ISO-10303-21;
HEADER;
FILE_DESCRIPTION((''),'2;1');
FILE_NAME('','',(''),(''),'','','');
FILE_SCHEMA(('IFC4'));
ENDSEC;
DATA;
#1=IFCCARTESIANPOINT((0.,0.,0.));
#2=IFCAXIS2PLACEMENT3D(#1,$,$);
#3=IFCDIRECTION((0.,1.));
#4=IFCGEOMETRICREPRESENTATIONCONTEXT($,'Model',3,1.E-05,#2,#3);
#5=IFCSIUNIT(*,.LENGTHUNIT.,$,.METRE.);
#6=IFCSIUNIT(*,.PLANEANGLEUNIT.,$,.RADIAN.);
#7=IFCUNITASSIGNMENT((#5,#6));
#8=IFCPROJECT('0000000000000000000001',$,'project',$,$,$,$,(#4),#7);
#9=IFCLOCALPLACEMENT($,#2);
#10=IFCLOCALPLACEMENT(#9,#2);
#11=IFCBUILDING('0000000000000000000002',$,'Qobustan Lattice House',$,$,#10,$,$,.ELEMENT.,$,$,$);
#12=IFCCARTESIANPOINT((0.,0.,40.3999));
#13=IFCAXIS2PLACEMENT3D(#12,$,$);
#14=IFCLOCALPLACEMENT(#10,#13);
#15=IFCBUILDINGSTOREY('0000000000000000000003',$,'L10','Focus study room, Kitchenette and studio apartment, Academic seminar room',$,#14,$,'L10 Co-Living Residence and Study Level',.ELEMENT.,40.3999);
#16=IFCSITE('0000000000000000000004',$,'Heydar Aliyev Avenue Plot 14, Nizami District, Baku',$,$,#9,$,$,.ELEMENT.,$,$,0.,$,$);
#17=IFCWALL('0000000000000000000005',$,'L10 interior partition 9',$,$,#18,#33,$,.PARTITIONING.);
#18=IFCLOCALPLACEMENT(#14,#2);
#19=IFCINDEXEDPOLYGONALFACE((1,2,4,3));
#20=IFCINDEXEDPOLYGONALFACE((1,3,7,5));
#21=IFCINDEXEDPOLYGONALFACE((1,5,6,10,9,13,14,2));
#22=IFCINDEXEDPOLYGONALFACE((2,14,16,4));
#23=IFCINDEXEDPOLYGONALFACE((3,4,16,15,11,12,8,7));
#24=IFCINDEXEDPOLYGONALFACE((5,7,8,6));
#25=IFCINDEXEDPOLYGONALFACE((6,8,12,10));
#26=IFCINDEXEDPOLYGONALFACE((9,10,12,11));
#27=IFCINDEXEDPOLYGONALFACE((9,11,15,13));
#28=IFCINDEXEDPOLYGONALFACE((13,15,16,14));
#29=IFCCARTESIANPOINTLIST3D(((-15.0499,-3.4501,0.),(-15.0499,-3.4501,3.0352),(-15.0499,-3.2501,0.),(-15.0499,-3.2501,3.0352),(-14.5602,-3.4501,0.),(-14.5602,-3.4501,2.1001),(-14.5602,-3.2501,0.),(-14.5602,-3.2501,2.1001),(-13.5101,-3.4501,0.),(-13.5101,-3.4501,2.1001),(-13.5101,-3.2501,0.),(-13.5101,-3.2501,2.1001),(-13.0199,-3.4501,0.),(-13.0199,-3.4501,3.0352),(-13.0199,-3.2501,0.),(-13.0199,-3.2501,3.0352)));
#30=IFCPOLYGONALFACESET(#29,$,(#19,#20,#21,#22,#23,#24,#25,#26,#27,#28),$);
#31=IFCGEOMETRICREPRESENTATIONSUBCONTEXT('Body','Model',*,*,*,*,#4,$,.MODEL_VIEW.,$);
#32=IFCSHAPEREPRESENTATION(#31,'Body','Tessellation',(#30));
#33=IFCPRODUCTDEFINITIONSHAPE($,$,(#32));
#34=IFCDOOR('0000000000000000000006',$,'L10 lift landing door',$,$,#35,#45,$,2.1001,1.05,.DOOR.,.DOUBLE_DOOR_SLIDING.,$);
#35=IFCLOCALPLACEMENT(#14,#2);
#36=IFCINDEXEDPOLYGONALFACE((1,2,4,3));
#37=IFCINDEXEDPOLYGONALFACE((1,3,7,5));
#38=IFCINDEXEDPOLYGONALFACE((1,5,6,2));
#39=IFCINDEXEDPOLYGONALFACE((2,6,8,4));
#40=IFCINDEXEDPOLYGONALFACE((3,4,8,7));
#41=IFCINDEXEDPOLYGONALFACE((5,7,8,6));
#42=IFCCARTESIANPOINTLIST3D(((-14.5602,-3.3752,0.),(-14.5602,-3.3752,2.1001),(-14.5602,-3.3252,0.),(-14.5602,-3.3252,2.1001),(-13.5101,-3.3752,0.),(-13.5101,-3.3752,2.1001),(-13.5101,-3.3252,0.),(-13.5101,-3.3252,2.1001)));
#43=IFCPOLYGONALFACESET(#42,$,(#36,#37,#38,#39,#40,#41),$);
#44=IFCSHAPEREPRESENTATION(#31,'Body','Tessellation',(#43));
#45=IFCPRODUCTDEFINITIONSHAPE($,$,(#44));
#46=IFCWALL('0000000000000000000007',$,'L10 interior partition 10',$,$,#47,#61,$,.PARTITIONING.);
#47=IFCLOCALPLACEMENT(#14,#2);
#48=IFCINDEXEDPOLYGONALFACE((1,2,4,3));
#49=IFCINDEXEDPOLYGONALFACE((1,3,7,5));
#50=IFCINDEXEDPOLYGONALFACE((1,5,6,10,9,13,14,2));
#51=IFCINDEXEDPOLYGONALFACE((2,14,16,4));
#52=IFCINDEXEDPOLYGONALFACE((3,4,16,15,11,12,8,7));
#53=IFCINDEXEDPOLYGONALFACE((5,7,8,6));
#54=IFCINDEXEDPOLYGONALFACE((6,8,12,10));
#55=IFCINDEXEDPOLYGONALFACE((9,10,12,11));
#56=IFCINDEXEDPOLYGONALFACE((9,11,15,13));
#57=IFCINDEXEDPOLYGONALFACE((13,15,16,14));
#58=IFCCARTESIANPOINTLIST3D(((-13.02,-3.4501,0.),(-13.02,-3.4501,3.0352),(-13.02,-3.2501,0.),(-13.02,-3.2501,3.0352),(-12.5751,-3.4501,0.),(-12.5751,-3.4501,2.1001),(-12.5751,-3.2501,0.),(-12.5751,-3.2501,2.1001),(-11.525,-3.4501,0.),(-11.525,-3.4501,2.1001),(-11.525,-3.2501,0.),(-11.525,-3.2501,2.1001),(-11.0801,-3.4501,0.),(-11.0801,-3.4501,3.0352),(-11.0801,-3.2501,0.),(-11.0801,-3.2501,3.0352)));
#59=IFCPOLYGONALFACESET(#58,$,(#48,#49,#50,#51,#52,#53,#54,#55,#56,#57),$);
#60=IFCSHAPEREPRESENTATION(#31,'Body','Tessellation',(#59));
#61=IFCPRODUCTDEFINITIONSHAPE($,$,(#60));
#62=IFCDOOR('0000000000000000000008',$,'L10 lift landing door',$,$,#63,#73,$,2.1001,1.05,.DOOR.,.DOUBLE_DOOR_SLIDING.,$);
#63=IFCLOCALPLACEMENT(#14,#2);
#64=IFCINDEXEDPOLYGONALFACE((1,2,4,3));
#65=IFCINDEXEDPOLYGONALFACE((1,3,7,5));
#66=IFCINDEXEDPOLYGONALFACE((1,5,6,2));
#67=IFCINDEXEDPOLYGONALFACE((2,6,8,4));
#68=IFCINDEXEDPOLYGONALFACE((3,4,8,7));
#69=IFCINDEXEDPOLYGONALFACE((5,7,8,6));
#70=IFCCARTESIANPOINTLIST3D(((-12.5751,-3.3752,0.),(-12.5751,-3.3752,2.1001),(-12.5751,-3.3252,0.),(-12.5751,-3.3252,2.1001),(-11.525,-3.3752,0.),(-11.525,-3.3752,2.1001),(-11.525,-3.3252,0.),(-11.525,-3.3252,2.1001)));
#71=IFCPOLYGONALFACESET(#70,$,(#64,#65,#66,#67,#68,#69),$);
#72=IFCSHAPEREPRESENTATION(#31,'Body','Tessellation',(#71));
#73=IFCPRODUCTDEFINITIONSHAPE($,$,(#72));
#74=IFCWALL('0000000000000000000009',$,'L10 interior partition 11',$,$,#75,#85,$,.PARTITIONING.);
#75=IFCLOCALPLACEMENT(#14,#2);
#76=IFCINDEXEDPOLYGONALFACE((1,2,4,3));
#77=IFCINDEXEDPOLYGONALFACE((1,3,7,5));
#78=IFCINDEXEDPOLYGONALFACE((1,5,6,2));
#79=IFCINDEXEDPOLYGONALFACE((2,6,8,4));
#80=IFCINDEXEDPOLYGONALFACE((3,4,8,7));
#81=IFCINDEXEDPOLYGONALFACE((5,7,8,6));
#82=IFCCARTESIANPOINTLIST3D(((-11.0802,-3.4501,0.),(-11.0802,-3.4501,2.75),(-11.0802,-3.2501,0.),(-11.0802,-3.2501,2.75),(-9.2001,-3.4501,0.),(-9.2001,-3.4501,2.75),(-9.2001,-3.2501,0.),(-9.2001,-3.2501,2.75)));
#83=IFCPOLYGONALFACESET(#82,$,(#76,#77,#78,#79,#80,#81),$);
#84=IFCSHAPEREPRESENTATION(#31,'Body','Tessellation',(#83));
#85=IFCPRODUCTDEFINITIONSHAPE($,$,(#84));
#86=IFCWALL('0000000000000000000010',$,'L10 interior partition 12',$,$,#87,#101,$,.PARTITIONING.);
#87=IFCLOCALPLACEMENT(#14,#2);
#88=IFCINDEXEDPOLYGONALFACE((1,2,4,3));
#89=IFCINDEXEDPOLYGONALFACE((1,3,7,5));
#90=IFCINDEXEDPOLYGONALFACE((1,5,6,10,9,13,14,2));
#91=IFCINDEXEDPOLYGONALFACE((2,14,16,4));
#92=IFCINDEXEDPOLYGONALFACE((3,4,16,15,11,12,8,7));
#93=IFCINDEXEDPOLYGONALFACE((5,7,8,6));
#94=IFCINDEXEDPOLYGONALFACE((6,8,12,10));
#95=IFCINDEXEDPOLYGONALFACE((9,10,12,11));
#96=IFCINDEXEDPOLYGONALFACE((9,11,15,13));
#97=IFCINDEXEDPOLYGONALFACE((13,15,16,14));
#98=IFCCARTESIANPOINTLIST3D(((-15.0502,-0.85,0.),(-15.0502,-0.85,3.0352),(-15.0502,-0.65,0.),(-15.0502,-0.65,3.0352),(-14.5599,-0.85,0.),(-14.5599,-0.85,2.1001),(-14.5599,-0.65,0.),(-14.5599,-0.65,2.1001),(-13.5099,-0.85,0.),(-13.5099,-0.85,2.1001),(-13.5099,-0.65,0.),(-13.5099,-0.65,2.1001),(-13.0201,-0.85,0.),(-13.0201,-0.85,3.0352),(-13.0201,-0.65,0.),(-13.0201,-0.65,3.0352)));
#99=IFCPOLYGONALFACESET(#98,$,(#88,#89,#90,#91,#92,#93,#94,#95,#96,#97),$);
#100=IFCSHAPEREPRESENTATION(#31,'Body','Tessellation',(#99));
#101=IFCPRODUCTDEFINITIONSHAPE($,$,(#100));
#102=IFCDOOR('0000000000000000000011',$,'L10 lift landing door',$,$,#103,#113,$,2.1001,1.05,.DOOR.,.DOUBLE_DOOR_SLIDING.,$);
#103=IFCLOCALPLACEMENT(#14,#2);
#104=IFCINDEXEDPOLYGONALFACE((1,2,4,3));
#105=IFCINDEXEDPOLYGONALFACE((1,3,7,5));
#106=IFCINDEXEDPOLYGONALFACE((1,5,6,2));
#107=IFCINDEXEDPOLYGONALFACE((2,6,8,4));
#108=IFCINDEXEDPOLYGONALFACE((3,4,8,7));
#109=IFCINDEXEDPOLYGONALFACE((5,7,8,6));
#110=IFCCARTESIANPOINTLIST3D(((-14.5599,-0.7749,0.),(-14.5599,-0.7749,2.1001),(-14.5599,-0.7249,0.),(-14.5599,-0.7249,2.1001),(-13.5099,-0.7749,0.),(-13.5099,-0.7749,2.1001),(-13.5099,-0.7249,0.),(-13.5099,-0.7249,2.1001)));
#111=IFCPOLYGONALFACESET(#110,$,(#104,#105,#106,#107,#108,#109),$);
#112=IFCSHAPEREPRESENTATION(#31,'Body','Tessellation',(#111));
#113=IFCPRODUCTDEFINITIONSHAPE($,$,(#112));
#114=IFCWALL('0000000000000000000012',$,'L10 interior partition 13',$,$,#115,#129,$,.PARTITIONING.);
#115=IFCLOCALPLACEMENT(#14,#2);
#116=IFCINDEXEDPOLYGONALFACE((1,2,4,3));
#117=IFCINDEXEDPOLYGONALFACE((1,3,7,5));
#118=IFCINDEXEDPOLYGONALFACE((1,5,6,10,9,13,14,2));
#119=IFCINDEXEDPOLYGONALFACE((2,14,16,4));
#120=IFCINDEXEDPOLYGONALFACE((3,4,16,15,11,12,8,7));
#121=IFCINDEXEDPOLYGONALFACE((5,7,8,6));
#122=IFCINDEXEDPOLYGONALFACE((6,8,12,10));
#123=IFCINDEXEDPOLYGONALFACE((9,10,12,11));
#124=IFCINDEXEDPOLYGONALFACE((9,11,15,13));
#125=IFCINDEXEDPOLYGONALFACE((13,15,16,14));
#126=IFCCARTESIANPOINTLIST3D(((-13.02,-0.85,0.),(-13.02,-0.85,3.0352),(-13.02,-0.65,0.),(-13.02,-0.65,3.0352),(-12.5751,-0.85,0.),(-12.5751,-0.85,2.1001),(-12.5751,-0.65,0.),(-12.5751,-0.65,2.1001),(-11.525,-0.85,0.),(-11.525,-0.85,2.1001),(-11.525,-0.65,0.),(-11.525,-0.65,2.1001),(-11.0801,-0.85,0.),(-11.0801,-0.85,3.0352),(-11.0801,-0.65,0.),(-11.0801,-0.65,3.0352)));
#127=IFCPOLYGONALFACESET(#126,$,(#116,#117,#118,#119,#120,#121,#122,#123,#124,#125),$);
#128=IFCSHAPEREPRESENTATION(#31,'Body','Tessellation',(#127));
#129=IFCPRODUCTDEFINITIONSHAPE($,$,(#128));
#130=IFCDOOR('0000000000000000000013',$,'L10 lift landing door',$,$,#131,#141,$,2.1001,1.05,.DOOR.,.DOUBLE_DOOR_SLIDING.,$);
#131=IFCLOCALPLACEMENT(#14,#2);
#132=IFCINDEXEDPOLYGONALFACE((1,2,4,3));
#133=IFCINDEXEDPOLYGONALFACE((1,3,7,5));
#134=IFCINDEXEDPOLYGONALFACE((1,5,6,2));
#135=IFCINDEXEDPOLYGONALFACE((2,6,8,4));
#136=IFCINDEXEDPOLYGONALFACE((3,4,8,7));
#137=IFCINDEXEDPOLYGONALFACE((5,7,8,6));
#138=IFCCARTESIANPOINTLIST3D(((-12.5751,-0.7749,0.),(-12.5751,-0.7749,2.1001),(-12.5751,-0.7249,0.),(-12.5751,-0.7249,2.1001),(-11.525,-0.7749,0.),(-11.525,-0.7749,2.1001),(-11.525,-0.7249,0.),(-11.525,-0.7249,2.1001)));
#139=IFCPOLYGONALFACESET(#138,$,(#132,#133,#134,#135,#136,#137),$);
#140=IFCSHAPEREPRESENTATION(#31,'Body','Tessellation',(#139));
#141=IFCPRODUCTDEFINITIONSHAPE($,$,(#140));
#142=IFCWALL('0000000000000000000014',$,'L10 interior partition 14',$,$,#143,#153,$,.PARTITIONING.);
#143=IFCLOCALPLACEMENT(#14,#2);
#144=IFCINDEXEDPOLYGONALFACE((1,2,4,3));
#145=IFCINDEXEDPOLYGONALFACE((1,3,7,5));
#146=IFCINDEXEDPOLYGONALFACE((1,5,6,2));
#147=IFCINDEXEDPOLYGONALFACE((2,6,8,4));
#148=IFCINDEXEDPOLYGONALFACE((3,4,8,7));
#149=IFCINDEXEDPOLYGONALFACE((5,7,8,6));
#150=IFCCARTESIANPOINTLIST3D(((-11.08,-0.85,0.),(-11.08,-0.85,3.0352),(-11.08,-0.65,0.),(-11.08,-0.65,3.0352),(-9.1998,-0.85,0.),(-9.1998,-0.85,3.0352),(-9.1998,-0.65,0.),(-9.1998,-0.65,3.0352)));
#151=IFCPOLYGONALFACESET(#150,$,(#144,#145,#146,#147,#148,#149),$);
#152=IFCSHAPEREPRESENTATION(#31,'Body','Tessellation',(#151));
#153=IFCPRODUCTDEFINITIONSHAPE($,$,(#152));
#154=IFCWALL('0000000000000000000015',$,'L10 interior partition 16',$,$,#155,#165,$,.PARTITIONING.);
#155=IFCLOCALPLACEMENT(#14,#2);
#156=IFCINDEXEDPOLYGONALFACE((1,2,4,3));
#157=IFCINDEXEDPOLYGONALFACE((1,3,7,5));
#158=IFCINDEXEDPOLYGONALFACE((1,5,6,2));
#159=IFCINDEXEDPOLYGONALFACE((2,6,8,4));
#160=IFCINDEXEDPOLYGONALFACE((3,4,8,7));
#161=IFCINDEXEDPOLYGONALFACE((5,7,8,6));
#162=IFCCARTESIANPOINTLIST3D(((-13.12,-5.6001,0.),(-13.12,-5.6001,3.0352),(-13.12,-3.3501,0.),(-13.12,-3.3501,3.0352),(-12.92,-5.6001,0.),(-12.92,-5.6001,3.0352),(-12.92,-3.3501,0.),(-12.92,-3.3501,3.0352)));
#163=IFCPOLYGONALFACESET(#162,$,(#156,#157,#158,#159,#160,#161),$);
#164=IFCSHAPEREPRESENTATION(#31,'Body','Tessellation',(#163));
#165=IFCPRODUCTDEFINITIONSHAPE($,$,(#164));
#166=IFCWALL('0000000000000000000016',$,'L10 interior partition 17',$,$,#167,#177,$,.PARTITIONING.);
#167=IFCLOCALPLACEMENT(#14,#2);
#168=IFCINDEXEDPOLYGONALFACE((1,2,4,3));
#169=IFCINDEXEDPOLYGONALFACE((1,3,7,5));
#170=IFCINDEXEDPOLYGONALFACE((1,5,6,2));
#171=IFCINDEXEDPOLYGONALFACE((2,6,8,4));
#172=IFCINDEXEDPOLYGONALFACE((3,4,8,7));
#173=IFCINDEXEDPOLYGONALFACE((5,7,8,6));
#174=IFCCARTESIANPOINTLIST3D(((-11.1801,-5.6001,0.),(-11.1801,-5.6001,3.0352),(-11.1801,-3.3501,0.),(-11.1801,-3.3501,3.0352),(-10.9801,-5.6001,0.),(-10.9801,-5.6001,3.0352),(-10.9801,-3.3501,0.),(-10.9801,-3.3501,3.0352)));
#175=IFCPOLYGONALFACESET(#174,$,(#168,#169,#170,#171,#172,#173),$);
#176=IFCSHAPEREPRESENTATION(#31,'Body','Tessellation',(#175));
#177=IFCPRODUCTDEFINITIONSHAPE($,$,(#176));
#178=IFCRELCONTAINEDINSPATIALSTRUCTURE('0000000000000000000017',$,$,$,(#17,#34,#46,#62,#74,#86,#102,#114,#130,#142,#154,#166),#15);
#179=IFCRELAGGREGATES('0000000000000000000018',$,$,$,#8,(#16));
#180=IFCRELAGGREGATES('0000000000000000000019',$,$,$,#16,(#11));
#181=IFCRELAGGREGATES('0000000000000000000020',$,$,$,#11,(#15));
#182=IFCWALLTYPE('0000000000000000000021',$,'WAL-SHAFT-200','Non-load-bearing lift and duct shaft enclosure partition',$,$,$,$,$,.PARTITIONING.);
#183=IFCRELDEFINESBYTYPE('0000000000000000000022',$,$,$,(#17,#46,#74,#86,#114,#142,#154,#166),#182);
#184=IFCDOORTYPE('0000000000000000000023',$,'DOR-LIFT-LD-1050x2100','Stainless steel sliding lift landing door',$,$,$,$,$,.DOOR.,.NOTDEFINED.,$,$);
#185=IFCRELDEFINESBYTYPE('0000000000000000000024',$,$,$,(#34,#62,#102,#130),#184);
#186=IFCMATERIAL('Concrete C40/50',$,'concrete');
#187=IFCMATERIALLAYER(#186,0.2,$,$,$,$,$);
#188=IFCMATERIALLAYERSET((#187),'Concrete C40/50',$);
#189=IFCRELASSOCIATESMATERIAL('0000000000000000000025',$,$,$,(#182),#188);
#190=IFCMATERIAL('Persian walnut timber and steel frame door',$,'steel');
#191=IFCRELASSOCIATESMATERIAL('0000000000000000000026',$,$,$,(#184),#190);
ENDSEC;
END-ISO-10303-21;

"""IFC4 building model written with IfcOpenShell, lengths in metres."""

from ifc_helpers import new_model, si_unit, direction, frame, frame_2d, origin, place, context, subcontext, project, spatial, rectangle, extrude, material, layer, layer_set, type_object, element, fill, save


model = new_model("IFC4")

# Units and contexts
model_context = context("Model", 3, precision=1e-05, world=origin(), true_north=direction((0.0, 1.0)))
body_context = subcontext(model_context, "Body", "Model", "MODEL_VIEW")
ifc_project = project(units=[si_unit("LENGTHUNIT", "METRE"), si_unit("PLANEANGLEUNIT", "RADIAN")], contexts=[model_context])

# Site, building, storey
site_placement = place(None, origin())
site = spatial("IfcSite", under=ifc_project, at=site_placement, Name="Heydar Aliyev Avenue Plot 14, Nizami District, Baku", CompositionType="ELEMENT", RefElevation=0.0)
building_placement = place(site_placement, origin())
building = spatial("IfcBuilding", under=site, at=building_placement, Name="Qobustan Lattice House", CompositionType="ELEMENT")
storey_placement = place(building_placement, frame((0.0, 0.0, 40.3999)))
storey = spatial("IfcBuildingStorey", under=building, at=storey_placement, Name="L10", Description="Focus study room, Kitchenette and studio apartment, Academic seminar room", LongName="L10 Co-Living Residence and Study Level", CompositionType="ELEMENT", Elevation=40.3999)

# Walls, openings, doors
ifc_material_1 = material(Name="Concrete C40/50", Category="concrete")
ifc_layer_1 = layer(ifc_material_1, 0.2)
ifc_layer_set_1 = layer_set([ifc_layer_1], Name="Concrete C40/50")
wall_type_1 = type_object("IfcWallType", Name="WAL-SHAFT-200", Description="Non-load-bearing lift and duct shaft enclosure partition", PredefinedType="PARTITIONING", material=ifc_layer_set_1)
wall_1_placement = place(storey_placement, frame((-15.05, -3.3501, 0.0), z_axis=(0.0, 0.0, 1.0), x_axis=(1.0, 0.0, 0.0)))
wall_1 = element("IfcWall", 1, at=wall_1_placement, inside=storey, type_object=wall_type_1, Name="L10 interior partition 9", PredefinedType="PARTITIONING", context=body_context, shape_type="SweptSolid", body=[
    extrude(rectangle(XDim=2.03, YDim=0.2, at=frame_2d((1.0151, 0.0))), origin(), (0.0, 0.0, 1.0), 3.0352),
])
opening_1_placement = place(wall_1_placement, frame((0.49, 0.0, 0.0)))
opening_1 = element("IfcOpeningElement", 2, at=opening_1_placement, cuts=wall_1, PredefinedType="OPENING", context=body_context, shape_type="SweptSolid", body=[
    extrude(rectangle(XDim=1.05, YDim=2.1001, at=frame_2d((0.5249, 1.05))), frame((0.0, 0.1099, 0.0), z_axis=(0.0, -1.0, 0.0), x_axis=(1.0, 0.0, 0.0)), (0.0, 0.0, 1.0), 0.22),
])
ifc_material_2 = material(Name="Persian walnut timber and steel frame door", Category="steel")
door_type_1 = type_object("IfcDoorType", Name="DOR-LIFT-LD-1050x2100", Description="Stainless steel sliding lift landing door", OperationType="NOTDEFINED", PredefinedType="DOOR", material=ifc_material_2)
door_1_placement = place(opening_1_placement, origin())
door_1 = element("IfcDoor", 3, at=door_1_placement, inside=storey, type_object=door_type_1, Name="L10 lift landing door", OperationType="DOUBLE_DOOR_SLIDING", OverallHeight=2.1001, OverallWidth=1.05, PredefinedType="DOOR", context=body_context, shape_type="SweptSolid", body=[
    extrude(rectangle(XDim=1.05, YDim=2.1001, at=frame_2d((0.5249, 1.05))), frame((0.0, 0.0249, 0.0), z_axis=(0.0, -1.0, 0.0), x_axis=(1.0, 0.0, 0.0)), (0.0, 0.0, 1.0), 0.05),
])
fill(opening_1, door_1)
wall_2_placement = place(storey_placement, frame((-13.02, -3.3501, 0.0), z_axis=(0.0, 0.0, 1.0), x_axis=(1.0, 0.0, 0.0)))
wall_2 = element("IfcWall", 4, at=wall_2_placement, inside=storey, type_object=wall_type_1, Name="L10 interior partition 10", PredefinedType="PARTITIONING", context=body_context, shape_type="SweptSolid", body=[
    extrude(rectangle(XDim=1.9399, YDim=0.2, at=frame_2d((0.97, 0.0))), origin(), (0.0, 0.0, 1.0), 3.0352),
])
opening_2_placement = place(wall_2_placement, frame((0.4451, 0.0, 0.0)))
opening_2 = element("IfcOpeningElement", 5, at=opening_2_placement, cuts=wall_2, PredefinedType="OPENING", context=body_context, shape_type="SweptSolid", body=[
    extrude(rectangle(XDim=1.05, YDim=2.1001, at=frame_2d((0.5249, 1.05))), frame((0.0, 0.1099, 0.0), z_axis=(0.0, -1.0, 0.0), x_axis=(1.0, 0.0, 0.0)), (0.0, 0.0, 1.0), 0.22),
])
door_2_placement = place(opening_2_placement, origin())
door_2 = element("IfcDoor", 6, at=door_2_placement, inside=storey, type_object=door_type_1, Name="L10 lift landing door", OperationType="DOUBLE_DOOR_SLIDING", OverallHeight=2.1001, OverallWidth=1.05, PredefinedType="DOOR", context=body_context, shape_type="SweptSolid", body=[
    extrude(rectangle(XDim=1.05, YDim=2.1001, at=frame_2d((0.5249, 1.05))), frame((0.0, 0.0249, 0.0), z_axis=(0.0, -1.0, 0.0), x_axis=(1.0, 0.0, 0.0)), (0.0, 0.0, 1.0), 0.05),
])
fill(opening_2, door_2)

# Wall
wall_3_placement = place(storey_placement, frame((-11.0801, -3.3501, 0.0), z_axis=(0.0, 0.0, 1.0), x_axis=(1.0, 0.0, 0.0)))
element("IfcWall", 7, at=wall_3_placement, inside=storey, type_object=wall_type_1, Name="L10 interior partition 11", PredefinedType="PARTITIONING", context=body_context, shape_type="SweptSolid", body=[
    extrude(rectangle(XDim=1.8801, YDim=0.2, at=frame_2d((0.9399, 0.0))), origin(), (0.0, 0.0, 1.0), 2.75),
])

# Walls, openings, doors
wall_4_placement = place(storey_placement, frame((-13.02, -0.75, 0.0), z_axis=(0.0, 0.0, 1.0), x_axis=(-1.0, 0.0, 0.0)))
wall_4 = element("IfcWall", 8, at=wall_4_placement, inside=storey, type_object=wall_type_1, Name="L10 interior partition 12", PredefinedType="PARTITIONING", context=body_context, shape_type="SweptSolid", body=[
    extrude(rectangle(XDim=2.03, YDim=0.2, at=frame_2d((1.0151, 0.0))), origin(), (0.0, 0.0, 1.0), 3.0352),
])
opening_3_placement = place(wall_4_placement, frame((0.49, 0.0, 0.0)))
opening_3 = element("IfcOpeningElement", 9, at=opening_3_placement, cuts=wall_4, PredefinedType="OPENING", context=body_context, shape_type="SweptSolid", body=[
    extrude(rectangle(XDim=1.05, YDim=2.1001, at=frame_2d((0.5249, 1.05))), frame((0.0, 0.1099, 0.0), z_axis=(0.0, -1.0, 0.0), x_axis=(1.0, 0.0, 0.0)), (0.0, 0.0, 1.0), 0.22),
])
door_3_placement = place(opening_3_placement, origin())
door_3 = element("IfcDoor", 10, at=door_3_placement, inside=storey, type_object=door_type_1, Name="L10 lift landing door", OperationType="DOUBLE_DOOR_SLIDING", OverallHeight=2.1001, OverallWidth=1.05, PredefinedType="DOOR", context=body_context, shape_type="SweptSolid", body=[
    extrude(rectangle(XDim=1.05, YDim=2.1001, at=frame_2d((0.5249, 1.05))), frame((0.0, 0.0249, 0.0), z_axis=(0.0, -1.0, 0.0), x_axis=(1.0, 0.0, 0.0)), (0.0, 0.0, 1.0), 0.05),
])
fill(opening_3, door_3)
wall_5_placement = place(storey_placement, frame((-11.0801, -0.75, 0.0), z_axis=(0.0, 0.0, 1.0), x_axis=(-1.0, 0.0, 0.0)))
wall_5 = element("IfcWall", 11, at=wall_5_placement, inside=storey, type_object=wall_type_1, Name="L10 interior partition 13", PredefinedType="PARTITIONING", context=body_context, shape_type="SweptSolid", body=[
    extrude(rectangle(XDim=1.9399, YDim=0.2, at=frame_2d((0.97, 0.0))), origin(), (0.0, 0.0, 1.0), 3.0352),
])
opening_4_placement = place(wall_5_placement, frame((0.4451, 0.0, 0.0)))
opening_4 = element("IfcOpeningElement", 12, at=opening_4_placement, cuts=wall_5, PredefinedType="OPENING", context=body_context, shape_type="SweptSolid", body=[
    extrude(rectangle(XDim=1.05, YDim=2.1001, at=frame_2d((0.5249, 1.05))), frame((0.0, 0.1099, 0.0), z_axis=(0.0, -1.0, 0.0), x_axis=(1.0, 0.0, 0.0)), (0.0, 0.0, 1.0), 0.22),
])
door_4_placement = place(opening_4_placement, origin())
door_4 = element("IfcDoor", 13, at=door_4_placement, inside=storey, type_object=door_type_1, Name="L10 lift landing door", OperationType="DOUBLE_DOOR_SLIDING", OverallHeight=2.1001, OverallWidth=1.05, PredefinedType="DOOR", context=body_context, shape_type="SweptSolid", body=[
    extrude(rectangle(XDim=1.05, YDim=2.1001, at=frame_2d((0.5249, 1.05))), frame((0.0, 0.0249, 0.0), z_axis=(0.0, -1.0, 0.0), x_axis=(1.0, 0.0, 0.0)), (0.0, 0.0, 1.0), 0.05),
])
fill(opening_4, door_4)

# Walls
wall_6_placement = place(storey_placement, frame((-9.2, -0.75, 0.0), z_axis=(0.0, 0.0, 1.0), x_axis=(-1.0, 0.0, 0.0)))
element("IfcWall", 14, at=wall_6_placement, inside=storey, type_object=wall_type_1, Name="L10 interior partition 14", PredefinedType="PARTITIONING", context=body_context, shape_type="SweptSolid", body=[
    extrude(rectangle(XDim=1.8801, YDim=0.2, at=frame_2d((0.9399, 0.0))), origin(), (0.0, 0.0, 1.0), 3.0352),
])
for number, where, z_axis, x_axis, name in (
    (15, (-13.02, -5.6001, 0.0), (0.0, 0.0, 1.0), (0.0, 1.0, 0.0), "L10 interior partition 16"),
    (16, (-11.0801, -5.6001, 0.0), (0.0, 0.0, 1.0), (0.0, 1.0, 0.0), "L10 interior partition 17"),
):
    element("IfcWall", number, at=place(storey_placement, frame(where, z_axis=z_axis, x_axis=x_axis)), inside=storey, type_object=wall_type_1, Name=name, PredefinedType="PARTITIONING", context=body_context, shape_type="SweptSolid", body=[
        extrude(rectangle(XDim=2.25, YDim=0.2, at=frame_2d((1.125, 0.0))), origin(), (0.0, 0.0, 1.0), 3.0352),
    ])

save(model, "model.ifc")
